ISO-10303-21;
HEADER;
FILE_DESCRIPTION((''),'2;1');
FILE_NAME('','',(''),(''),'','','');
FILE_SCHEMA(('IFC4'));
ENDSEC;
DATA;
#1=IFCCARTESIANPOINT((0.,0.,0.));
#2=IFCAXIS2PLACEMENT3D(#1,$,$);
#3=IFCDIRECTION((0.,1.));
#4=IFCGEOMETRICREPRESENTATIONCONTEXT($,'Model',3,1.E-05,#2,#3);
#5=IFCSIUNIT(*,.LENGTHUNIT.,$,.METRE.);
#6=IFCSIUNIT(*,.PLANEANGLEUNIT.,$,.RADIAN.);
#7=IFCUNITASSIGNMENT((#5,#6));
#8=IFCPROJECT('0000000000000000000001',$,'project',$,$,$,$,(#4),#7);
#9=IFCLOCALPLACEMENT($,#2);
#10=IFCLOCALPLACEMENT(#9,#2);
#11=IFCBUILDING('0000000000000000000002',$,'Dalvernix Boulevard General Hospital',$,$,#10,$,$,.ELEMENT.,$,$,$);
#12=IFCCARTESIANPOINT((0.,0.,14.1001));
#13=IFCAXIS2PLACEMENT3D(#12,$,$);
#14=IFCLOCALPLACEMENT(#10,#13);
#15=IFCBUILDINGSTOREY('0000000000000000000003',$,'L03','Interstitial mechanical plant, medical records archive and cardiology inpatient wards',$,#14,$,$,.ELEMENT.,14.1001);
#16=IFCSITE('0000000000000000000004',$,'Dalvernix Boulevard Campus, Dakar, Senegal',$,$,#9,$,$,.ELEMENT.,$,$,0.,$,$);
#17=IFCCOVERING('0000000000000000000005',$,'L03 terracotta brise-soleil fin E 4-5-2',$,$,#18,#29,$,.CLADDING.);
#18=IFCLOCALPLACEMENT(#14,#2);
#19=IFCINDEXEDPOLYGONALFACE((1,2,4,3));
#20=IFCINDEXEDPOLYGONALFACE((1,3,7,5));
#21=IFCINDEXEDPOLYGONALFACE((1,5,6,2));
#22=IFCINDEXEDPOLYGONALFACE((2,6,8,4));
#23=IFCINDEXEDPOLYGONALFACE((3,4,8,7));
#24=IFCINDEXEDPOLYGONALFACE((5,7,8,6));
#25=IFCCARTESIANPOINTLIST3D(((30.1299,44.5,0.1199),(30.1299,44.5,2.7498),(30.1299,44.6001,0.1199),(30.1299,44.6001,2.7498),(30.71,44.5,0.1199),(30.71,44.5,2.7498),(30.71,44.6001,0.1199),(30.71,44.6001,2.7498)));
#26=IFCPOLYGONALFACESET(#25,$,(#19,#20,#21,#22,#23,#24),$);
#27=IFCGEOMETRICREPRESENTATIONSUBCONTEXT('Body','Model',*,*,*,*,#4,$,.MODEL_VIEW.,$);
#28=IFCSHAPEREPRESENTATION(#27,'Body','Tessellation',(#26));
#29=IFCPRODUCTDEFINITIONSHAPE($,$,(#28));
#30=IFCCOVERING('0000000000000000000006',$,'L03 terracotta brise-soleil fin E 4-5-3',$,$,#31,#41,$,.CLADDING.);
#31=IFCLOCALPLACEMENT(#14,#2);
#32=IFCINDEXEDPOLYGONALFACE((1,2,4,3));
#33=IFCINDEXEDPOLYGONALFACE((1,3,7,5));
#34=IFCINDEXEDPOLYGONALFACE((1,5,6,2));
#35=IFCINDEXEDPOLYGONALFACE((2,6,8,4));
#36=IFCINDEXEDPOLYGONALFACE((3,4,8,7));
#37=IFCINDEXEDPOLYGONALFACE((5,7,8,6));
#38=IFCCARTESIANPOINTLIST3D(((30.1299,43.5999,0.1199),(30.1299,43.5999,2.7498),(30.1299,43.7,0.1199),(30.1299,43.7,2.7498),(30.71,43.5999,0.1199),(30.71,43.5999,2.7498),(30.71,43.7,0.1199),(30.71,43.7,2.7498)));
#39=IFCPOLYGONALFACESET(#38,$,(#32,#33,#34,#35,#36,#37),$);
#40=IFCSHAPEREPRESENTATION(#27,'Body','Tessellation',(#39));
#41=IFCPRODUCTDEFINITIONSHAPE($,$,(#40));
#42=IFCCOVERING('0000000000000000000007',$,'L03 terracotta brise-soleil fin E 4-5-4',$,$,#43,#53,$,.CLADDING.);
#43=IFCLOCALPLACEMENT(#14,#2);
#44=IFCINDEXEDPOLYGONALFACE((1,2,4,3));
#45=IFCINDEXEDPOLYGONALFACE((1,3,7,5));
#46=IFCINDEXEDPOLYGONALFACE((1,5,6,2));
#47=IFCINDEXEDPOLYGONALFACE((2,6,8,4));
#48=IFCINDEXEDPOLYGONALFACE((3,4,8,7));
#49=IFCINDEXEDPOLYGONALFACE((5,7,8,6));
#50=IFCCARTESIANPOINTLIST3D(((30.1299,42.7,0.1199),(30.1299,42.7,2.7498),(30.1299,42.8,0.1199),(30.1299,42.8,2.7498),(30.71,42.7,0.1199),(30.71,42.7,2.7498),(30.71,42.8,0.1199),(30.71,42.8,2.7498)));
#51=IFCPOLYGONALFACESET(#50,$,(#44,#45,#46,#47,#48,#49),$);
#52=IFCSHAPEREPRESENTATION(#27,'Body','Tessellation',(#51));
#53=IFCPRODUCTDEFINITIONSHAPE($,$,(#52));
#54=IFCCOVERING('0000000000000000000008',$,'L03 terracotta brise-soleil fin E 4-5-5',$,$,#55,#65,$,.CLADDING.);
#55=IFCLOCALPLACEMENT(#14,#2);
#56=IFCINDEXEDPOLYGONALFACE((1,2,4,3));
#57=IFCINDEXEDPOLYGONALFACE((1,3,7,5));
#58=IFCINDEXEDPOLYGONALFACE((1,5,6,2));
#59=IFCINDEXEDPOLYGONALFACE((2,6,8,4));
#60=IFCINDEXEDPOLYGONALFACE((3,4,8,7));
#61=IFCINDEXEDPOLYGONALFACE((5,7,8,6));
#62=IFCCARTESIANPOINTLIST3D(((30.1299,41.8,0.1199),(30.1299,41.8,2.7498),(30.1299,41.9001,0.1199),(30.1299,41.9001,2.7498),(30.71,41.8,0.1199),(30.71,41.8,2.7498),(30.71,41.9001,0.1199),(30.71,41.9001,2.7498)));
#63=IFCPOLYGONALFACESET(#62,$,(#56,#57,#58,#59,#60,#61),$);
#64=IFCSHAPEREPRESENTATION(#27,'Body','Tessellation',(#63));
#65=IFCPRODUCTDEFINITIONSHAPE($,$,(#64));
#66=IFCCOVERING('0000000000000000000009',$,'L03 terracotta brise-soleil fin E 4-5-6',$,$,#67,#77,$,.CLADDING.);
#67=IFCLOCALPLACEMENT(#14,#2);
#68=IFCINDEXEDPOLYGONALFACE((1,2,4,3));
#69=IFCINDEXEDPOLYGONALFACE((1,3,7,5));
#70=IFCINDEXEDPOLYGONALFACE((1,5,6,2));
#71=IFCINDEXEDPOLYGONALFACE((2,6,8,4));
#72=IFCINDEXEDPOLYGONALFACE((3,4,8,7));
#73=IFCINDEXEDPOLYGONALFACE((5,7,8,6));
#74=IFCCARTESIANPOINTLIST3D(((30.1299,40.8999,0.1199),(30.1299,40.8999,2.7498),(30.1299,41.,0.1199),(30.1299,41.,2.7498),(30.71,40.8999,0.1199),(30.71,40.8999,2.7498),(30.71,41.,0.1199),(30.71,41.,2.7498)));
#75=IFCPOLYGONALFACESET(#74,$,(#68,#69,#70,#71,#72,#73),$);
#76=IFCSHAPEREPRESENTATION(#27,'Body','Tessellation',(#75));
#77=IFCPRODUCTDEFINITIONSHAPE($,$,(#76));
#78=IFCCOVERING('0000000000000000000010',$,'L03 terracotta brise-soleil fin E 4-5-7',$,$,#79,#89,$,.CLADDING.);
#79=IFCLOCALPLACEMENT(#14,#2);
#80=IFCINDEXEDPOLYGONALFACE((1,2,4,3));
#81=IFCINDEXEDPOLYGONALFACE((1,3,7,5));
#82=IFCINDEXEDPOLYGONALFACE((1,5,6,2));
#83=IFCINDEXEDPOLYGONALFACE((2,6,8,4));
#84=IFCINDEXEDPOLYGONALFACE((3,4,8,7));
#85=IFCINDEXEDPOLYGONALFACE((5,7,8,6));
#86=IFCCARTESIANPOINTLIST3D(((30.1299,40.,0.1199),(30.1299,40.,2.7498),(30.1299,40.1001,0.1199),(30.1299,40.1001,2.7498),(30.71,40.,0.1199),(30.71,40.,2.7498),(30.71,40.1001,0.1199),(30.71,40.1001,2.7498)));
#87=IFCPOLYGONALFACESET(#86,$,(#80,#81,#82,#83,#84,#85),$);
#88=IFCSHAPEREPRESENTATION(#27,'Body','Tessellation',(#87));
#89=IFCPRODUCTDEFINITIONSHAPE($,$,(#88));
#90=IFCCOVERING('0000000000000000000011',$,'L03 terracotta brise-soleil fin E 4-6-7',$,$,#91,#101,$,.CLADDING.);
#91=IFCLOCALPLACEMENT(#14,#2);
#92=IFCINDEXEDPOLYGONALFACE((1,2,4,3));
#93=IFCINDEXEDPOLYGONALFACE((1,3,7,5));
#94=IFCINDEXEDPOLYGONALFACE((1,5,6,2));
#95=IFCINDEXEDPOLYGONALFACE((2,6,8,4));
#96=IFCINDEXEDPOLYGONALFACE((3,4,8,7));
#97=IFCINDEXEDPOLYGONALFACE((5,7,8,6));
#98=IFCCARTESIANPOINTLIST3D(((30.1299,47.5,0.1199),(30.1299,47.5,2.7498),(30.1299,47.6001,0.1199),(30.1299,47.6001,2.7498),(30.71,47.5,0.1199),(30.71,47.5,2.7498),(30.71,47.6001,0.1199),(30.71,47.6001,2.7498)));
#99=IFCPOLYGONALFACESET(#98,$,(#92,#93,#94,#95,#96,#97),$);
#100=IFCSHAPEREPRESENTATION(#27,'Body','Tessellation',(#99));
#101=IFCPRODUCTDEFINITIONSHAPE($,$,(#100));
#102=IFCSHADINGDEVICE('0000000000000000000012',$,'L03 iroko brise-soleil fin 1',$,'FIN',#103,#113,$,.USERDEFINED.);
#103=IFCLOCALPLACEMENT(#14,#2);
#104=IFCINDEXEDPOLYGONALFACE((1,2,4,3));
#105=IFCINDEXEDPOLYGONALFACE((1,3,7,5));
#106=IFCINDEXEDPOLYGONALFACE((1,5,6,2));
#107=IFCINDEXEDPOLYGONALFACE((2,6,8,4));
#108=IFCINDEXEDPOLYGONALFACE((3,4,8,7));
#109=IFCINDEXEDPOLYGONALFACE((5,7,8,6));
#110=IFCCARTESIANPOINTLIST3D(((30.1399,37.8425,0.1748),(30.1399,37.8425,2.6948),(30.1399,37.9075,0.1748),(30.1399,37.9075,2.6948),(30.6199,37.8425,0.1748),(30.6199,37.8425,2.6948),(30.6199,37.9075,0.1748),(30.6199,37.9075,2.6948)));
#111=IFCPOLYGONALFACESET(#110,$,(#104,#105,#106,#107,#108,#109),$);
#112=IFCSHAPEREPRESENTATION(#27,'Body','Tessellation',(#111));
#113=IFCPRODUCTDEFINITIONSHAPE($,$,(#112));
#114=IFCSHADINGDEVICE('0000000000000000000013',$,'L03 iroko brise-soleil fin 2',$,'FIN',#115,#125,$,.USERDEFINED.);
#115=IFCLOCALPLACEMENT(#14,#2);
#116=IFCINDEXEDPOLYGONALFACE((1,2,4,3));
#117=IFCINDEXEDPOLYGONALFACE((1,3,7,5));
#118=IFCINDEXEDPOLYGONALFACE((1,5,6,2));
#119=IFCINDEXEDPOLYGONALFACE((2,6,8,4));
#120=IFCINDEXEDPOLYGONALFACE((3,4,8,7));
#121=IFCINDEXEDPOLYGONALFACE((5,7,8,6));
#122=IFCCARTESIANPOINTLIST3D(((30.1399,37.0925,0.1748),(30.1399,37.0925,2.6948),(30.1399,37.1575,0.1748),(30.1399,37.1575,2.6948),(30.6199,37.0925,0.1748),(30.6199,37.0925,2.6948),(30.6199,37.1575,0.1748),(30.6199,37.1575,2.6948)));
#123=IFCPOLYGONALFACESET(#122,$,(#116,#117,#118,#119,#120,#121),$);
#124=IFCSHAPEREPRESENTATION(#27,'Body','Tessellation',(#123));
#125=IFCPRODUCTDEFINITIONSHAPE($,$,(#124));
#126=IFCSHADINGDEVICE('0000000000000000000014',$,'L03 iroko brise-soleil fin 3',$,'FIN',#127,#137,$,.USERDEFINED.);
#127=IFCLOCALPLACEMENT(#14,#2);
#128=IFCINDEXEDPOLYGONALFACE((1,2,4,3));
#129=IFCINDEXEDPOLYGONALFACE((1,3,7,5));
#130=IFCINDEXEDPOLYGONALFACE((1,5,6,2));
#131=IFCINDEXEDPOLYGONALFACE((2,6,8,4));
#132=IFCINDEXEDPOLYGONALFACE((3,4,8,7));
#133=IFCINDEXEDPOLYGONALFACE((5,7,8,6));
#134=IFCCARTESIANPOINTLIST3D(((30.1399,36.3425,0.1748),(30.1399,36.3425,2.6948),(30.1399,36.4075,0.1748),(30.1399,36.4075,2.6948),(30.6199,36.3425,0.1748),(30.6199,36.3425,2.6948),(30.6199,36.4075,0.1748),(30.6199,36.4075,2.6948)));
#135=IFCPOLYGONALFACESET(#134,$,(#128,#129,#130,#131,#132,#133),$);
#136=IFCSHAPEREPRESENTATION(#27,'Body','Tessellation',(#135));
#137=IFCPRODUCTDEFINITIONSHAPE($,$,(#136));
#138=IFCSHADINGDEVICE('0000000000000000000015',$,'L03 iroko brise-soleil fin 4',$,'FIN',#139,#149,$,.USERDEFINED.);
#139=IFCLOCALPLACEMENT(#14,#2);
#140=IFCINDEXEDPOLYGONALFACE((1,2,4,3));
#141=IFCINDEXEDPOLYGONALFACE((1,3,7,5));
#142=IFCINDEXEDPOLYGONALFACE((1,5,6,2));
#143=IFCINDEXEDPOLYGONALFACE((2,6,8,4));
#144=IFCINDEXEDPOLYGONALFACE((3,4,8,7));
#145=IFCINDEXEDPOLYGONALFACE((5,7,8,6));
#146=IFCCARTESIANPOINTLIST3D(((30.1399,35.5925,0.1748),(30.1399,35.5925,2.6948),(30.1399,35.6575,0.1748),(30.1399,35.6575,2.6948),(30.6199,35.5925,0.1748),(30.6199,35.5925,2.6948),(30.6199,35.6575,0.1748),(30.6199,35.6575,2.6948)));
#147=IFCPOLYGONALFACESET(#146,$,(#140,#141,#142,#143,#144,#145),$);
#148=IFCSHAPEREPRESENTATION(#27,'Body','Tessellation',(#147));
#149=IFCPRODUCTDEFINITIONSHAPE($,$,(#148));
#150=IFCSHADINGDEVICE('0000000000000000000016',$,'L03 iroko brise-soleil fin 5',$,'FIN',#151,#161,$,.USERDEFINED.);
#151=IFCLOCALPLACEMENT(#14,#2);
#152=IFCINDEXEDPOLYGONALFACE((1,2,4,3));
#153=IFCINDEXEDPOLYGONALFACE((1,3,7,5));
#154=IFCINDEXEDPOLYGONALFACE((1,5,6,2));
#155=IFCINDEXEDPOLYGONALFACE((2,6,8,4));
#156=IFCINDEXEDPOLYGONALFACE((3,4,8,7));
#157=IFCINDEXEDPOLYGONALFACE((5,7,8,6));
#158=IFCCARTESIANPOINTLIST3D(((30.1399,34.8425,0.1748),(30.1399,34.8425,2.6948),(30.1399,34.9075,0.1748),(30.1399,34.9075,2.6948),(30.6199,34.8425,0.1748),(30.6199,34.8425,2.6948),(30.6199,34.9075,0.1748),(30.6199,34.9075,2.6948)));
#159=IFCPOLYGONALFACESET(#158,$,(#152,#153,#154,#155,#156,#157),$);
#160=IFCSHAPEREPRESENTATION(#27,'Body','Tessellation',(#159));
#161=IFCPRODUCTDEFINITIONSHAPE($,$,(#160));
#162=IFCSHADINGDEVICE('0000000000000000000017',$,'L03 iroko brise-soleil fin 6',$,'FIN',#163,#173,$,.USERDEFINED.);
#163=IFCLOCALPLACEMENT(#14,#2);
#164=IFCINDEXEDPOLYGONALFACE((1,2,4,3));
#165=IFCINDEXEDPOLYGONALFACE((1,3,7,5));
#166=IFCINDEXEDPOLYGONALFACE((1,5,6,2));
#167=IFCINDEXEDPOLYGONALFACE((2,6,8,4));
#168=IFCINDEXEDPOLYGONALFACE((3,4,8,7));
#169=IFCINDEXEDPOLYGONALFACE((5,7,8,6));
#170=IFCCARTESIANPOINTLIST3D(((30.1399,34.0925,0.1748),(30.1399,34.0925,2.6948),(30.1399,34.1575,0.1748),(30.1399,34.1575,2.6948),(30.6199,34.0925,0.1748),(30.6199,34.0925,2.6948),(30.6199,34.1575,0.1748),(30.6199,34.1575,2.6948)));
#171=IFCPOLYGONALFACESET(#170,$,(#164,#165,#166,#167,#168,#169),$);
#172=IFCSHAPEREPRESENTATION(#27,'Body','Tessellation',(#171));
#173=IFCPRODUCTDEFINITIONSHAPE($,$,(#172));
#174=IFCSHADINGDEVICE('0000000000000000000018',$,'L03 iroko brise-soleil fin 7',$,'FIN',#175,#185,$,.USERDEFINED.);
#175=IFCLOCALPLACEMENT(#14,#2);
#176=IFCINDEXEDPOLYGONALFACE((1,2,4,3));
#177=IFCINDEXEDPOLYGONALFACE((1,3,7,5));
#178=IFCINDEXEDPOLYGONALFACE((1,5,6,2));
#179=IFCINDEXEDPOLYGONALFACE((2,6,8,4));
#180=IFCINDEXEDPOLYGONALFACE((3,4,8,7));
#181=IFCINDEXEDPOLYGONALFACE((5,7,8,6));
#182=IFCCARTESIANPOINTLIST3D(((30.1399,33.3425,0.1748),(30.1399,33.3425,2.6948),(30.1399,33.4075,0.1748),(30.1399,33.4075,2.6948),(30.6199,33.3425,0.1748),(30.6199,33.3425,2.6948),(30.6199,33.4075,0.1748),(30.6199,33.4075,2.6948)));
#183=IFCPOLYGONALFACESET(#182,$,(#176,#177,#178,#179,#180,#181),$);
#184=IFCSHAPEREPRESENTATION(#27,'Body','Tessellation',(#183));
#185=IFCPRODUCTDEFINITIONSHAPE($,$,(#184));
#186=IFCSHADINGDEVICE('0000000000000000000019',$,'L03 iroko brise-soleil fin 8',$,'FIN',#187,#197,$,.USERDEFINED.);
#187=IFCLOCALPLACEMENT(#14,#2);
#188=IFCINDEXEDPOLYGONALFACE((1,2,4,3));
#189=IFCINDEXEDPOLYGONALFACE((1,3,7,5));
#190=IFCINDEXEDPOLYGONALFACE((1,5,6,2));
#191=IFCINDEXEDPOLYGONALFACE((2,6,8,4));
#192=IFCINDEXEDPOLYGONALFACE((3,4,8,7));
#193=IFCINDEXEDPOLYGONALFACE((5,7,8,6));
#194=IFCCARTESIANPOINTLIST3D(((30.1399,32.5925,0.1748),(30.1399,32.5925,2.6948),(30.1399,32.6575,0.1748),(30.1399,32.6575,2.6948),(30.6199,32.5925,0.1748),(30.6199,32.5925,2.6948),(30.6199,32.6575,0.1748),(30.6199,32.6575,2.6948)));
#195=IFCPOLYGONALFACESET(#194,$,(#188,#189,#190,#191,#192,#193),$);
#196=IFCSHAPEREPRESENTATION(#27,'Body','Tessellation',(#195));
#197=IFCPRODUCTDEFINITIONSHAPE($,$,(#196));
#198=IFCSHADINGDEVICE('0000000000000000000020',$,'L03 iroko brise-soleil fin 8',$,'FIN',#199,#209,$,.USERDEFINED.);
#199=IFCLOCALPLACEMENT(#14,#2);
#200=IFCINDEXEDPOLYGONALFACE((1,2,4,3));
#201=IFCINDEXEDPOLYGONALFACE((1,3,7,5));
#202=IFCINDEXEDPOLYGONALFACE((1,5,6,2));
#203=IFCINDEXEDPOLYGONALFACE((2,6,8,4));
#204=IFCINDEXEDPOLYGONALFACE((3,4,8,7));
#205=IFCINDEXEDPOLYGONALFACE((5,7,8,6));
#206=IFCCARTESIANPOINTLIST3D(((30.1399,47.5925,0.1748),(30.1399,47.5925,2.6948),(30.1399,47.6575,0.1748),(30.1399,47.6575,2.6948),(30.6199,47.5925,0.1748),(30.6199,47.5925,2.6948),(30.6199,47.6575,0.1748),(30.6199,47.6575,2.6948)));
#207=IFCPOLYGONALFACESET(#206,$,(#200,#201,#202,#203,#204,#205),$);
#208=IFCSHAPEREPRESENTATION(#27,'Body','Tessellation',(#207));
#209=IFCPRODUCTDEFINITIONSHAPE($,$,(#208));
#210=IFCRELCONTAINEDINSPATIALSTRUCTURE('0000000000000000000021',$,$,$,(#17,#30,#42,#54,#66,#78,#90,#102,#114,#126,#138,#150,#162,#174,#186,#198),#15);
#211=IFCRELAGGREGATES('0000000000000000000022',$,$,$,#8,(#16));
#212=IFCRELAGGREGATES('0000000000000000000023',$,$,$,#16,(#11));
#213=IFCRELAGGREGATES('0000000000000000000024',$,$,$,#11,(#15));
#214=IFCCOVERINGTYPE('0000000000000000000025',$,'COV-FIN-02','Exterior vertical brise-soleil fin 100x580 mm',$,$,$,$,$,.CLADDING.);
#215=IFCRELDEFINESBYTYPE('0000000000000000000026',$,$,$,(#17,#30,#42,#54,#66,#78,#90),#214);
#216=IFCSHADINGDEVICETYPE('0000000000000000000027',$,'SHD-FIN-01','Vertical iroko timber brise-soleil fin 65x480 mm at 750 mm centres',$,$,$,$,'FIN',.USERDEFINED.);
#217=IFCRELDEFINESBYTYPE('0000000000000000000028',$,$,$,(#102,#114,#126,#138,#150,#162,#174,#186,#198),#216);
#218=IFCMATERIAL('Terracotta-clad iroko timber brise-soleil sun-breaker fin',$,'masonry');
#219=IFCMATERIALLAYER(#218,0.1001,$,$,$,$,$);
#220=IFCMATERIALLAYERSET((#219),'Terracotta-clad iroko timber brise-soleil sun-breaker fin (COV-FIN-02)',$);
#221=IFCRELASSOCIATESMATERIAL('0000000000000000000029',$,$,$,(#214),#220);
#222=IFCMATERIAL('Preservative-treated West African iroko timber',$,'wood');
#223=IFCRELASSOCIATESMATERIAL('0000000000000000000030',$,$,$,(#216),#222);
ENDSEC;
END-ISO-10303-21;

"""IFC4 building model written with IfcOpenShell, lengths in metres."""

from ifc_helpers import new_model, si_unit, direction, frame, origin, origin_2d, place, context, subcontext, project, spatial, rectangle, extrude, material, layer, layer_set, type_object, element, save


model = new_model("IFC4")

# Units and contexts
model_context = context("Model", 3, precision=1e-05, world=origin(), true_north=direction((0.0, 1.0)))
body_context = subcontext(model_context, "Body", "Model", "MODEL_VIEW")
ifc_project = project(units=[si_unit("LENGTHUNIT", "METRE"), si_unit("PLANEANGLEUNIT", "RADIAN")], contexts=[model_context])

# Site, building, storey
site_placement = place(None, origin())
site = spatial("IfcSite", under=ifc_project, at=site_placement, Name="Dalvernix Boulevard Campus, Dakar, Senegal", CompositionType="ELEMENT", RefElevation=0.0)
building_placement = place(site_placement, origin())
building = spatial("IfcBuilding", under=site, at=building_placement, Name="Dalvernix Boulevard General Hospital", CompositionType="ELEMENT")
storey_placement = place(building_placement, frame((0.0, 0.0, 14.1001)))
storey = spatial("IfcBuildingStorey", under=building, at=storey_placement, Name="L03", Description="Interstitial mechanical plant, medical records archive and cardiology inpatient wards", CompositionType="ELEMENT", Elevation=14.1001)

# Coverings
ifc_material_1 = material(Name="Terracotta-clad iroko timber brise-soleil sun-breaker fin", Category="masonry")
ifc_layer_1 = layer(ifc_material_1, 0.1001)
ifc_layer_set_1 = layer_set([ifc_layer_1], Name="Terracotta-clad iroko timber brise-soleil sun-breaker fin (COV-FIN-02)")
covering_type_1 = type_object("IfcCoveringType", Name="COV-FIN-02", Description="Exterior vertical brise-soleil fin 100x580 mm", PredefinedType="CLADDING", material=ifc_layer_set_1)
for number, where, z_axis, x_axis, name in (
    (1, (30.4199, 44.55, 0.1199), (0.0, 0.0, 1.0), (0.0, -1.0, 0.0), "L03 terracotta brise-soleil fin E 4-5-2"),
    (2, (30.4199, 43.6499, 0.1199), (0.0, 0.0, 1.0), (0.0, -1.0, 0.0), "L03 terracotta brise-soleil fin E 4-5-3"),
    (3, (30.4199, 42.75, 0.1199), (0.0, 0.0, 1.0), (0.0, -1.0, 0.0), "L03 terracotta brise-soleil fin E 4-5-4"),
    (4, (30.4199, 41.8501, 0.1199), (0.0, 0.0, 1.0), (0.0, -1.0, 0.0), "L03 terracotta brise-soleil fin E 4-5-5"),
    (5, (30.4199, 40.95, 0.1199), (0.0, 0.0, 1.0), (0.0, -1.0, 0.0), "L03 terracotta brise-soleil fin E 4-5-6"),
    (6, (30.4199, 40.05, 0.1199), (0.0, 0.0, 1.0), (0.0, -1.0, 0.0), "L03 terracotta brise-soleil fin E 4-5-7"),
    (7, (30.4199, 47.55, 0.1199), (0.0, 0.0, 1.0), (0.0, -1.0, 0.0), "L03 terracotta brise-soleil fin E 4-6-7"),
):
    element("IfcCovering", number, at=place(storey_placement, frame(where, z_axis=z_axis, x_axis=x_axis)), inside=storey, type_object=covering_type_1, Name=name, PredefinedType="CLADDING", context=body_context, shape_type="SweptSolid", body=[
        extrude(rectangle(XDim=0.1001, YDim=0.5801, at=origin_2d()), origin(), (0.0, 0.0, 1.0), 2.6299),
    ])

# Shading devices
ifc_material_2 = material(Name="Preservative-treated West African iroko timber", Category="wood")
shading_device_type = type_object("IfcShadingDeviceType", Name="SHD-FIN-01", Description="Vertical iroko timber brise-soleil fin 65x480 mm at 750 mm centres", ElementType="FIN", PredefinedType="USERDEFINED", material=ifc_material_2)
for number, where, z_axis, x_axis, name in (
    (8, (30.3799, 37.875, 0.1748), (0.0, 0.0, 1.0), (0.0, -1.0, 0.0), "L03 iroko brise-soleil fin 1"),
    (9, (30.3799, 37.125, 0.1748), (0.0, 0.0, 1.0), (0.0, -1.0, 0.0), "L03 iroko brise-soleil fin 2"),
    (10, (30.3799, 36.375, 0.1748), (0.0, 0.0, 1.0), (0.0, -1.0, 0.0), "L03 iroko brise-soleil fin 3"),
    (11, (30.3799, 35.625, 0.1748), (0.0, 0.0, 1.0), (0.0, -1.0, 0.0), "L03 iroko brise-soleil fin 4"),
    (12, (30.3799, 34.875, 0.1748), (0.0, 0.0, 1.0), (0.0, -1.0, 0.0), "L03 iroko brise-soleil fin 5"),
    (13, (30.3799, 34.125, 0.1748), (0.0, 0.0, 1.0), (0.0, -1.0, 0.0), "L03 iroko brise-soleil fin 6"),
    (14, (30.3799, 33.375, 0.1748), (0.0, 0.0, 1.0), (0.0, -1.0, 0.0), "L03 iroko brise-soleil fin 7"),
    (15, (30.3799, 32.625, 0.1748), (0.0, 0.0, 1.0), (0.0, -1.0, 0.0), "L03 iroko brise-soleil fin 8"),
    (16, (30.3799, 47.625, 0.1748), (0.0, 0.0, 1.0), (0.0, -1.0, 0.0), "L03 iroko brise-soleil fin 8"),
):
    element("IfcShadingDevice", number, at=place(storey_placement, frame(where, z_axis=z_axis, x_axis=x_axis)), inside=storey, type_object=shading_device_type, Name=name, ObjectType="FIN", PredefinedType="USERDEFINED", context=body_context, shape_type="SweptSolid", body=[
        extrude(rectangle(XDim=0.0649, YDim=0.48, at=origin_2d()), origin(), (0.0, 0.0, 1.0), 2.52),
    ])

save(model, "model.ifc")
